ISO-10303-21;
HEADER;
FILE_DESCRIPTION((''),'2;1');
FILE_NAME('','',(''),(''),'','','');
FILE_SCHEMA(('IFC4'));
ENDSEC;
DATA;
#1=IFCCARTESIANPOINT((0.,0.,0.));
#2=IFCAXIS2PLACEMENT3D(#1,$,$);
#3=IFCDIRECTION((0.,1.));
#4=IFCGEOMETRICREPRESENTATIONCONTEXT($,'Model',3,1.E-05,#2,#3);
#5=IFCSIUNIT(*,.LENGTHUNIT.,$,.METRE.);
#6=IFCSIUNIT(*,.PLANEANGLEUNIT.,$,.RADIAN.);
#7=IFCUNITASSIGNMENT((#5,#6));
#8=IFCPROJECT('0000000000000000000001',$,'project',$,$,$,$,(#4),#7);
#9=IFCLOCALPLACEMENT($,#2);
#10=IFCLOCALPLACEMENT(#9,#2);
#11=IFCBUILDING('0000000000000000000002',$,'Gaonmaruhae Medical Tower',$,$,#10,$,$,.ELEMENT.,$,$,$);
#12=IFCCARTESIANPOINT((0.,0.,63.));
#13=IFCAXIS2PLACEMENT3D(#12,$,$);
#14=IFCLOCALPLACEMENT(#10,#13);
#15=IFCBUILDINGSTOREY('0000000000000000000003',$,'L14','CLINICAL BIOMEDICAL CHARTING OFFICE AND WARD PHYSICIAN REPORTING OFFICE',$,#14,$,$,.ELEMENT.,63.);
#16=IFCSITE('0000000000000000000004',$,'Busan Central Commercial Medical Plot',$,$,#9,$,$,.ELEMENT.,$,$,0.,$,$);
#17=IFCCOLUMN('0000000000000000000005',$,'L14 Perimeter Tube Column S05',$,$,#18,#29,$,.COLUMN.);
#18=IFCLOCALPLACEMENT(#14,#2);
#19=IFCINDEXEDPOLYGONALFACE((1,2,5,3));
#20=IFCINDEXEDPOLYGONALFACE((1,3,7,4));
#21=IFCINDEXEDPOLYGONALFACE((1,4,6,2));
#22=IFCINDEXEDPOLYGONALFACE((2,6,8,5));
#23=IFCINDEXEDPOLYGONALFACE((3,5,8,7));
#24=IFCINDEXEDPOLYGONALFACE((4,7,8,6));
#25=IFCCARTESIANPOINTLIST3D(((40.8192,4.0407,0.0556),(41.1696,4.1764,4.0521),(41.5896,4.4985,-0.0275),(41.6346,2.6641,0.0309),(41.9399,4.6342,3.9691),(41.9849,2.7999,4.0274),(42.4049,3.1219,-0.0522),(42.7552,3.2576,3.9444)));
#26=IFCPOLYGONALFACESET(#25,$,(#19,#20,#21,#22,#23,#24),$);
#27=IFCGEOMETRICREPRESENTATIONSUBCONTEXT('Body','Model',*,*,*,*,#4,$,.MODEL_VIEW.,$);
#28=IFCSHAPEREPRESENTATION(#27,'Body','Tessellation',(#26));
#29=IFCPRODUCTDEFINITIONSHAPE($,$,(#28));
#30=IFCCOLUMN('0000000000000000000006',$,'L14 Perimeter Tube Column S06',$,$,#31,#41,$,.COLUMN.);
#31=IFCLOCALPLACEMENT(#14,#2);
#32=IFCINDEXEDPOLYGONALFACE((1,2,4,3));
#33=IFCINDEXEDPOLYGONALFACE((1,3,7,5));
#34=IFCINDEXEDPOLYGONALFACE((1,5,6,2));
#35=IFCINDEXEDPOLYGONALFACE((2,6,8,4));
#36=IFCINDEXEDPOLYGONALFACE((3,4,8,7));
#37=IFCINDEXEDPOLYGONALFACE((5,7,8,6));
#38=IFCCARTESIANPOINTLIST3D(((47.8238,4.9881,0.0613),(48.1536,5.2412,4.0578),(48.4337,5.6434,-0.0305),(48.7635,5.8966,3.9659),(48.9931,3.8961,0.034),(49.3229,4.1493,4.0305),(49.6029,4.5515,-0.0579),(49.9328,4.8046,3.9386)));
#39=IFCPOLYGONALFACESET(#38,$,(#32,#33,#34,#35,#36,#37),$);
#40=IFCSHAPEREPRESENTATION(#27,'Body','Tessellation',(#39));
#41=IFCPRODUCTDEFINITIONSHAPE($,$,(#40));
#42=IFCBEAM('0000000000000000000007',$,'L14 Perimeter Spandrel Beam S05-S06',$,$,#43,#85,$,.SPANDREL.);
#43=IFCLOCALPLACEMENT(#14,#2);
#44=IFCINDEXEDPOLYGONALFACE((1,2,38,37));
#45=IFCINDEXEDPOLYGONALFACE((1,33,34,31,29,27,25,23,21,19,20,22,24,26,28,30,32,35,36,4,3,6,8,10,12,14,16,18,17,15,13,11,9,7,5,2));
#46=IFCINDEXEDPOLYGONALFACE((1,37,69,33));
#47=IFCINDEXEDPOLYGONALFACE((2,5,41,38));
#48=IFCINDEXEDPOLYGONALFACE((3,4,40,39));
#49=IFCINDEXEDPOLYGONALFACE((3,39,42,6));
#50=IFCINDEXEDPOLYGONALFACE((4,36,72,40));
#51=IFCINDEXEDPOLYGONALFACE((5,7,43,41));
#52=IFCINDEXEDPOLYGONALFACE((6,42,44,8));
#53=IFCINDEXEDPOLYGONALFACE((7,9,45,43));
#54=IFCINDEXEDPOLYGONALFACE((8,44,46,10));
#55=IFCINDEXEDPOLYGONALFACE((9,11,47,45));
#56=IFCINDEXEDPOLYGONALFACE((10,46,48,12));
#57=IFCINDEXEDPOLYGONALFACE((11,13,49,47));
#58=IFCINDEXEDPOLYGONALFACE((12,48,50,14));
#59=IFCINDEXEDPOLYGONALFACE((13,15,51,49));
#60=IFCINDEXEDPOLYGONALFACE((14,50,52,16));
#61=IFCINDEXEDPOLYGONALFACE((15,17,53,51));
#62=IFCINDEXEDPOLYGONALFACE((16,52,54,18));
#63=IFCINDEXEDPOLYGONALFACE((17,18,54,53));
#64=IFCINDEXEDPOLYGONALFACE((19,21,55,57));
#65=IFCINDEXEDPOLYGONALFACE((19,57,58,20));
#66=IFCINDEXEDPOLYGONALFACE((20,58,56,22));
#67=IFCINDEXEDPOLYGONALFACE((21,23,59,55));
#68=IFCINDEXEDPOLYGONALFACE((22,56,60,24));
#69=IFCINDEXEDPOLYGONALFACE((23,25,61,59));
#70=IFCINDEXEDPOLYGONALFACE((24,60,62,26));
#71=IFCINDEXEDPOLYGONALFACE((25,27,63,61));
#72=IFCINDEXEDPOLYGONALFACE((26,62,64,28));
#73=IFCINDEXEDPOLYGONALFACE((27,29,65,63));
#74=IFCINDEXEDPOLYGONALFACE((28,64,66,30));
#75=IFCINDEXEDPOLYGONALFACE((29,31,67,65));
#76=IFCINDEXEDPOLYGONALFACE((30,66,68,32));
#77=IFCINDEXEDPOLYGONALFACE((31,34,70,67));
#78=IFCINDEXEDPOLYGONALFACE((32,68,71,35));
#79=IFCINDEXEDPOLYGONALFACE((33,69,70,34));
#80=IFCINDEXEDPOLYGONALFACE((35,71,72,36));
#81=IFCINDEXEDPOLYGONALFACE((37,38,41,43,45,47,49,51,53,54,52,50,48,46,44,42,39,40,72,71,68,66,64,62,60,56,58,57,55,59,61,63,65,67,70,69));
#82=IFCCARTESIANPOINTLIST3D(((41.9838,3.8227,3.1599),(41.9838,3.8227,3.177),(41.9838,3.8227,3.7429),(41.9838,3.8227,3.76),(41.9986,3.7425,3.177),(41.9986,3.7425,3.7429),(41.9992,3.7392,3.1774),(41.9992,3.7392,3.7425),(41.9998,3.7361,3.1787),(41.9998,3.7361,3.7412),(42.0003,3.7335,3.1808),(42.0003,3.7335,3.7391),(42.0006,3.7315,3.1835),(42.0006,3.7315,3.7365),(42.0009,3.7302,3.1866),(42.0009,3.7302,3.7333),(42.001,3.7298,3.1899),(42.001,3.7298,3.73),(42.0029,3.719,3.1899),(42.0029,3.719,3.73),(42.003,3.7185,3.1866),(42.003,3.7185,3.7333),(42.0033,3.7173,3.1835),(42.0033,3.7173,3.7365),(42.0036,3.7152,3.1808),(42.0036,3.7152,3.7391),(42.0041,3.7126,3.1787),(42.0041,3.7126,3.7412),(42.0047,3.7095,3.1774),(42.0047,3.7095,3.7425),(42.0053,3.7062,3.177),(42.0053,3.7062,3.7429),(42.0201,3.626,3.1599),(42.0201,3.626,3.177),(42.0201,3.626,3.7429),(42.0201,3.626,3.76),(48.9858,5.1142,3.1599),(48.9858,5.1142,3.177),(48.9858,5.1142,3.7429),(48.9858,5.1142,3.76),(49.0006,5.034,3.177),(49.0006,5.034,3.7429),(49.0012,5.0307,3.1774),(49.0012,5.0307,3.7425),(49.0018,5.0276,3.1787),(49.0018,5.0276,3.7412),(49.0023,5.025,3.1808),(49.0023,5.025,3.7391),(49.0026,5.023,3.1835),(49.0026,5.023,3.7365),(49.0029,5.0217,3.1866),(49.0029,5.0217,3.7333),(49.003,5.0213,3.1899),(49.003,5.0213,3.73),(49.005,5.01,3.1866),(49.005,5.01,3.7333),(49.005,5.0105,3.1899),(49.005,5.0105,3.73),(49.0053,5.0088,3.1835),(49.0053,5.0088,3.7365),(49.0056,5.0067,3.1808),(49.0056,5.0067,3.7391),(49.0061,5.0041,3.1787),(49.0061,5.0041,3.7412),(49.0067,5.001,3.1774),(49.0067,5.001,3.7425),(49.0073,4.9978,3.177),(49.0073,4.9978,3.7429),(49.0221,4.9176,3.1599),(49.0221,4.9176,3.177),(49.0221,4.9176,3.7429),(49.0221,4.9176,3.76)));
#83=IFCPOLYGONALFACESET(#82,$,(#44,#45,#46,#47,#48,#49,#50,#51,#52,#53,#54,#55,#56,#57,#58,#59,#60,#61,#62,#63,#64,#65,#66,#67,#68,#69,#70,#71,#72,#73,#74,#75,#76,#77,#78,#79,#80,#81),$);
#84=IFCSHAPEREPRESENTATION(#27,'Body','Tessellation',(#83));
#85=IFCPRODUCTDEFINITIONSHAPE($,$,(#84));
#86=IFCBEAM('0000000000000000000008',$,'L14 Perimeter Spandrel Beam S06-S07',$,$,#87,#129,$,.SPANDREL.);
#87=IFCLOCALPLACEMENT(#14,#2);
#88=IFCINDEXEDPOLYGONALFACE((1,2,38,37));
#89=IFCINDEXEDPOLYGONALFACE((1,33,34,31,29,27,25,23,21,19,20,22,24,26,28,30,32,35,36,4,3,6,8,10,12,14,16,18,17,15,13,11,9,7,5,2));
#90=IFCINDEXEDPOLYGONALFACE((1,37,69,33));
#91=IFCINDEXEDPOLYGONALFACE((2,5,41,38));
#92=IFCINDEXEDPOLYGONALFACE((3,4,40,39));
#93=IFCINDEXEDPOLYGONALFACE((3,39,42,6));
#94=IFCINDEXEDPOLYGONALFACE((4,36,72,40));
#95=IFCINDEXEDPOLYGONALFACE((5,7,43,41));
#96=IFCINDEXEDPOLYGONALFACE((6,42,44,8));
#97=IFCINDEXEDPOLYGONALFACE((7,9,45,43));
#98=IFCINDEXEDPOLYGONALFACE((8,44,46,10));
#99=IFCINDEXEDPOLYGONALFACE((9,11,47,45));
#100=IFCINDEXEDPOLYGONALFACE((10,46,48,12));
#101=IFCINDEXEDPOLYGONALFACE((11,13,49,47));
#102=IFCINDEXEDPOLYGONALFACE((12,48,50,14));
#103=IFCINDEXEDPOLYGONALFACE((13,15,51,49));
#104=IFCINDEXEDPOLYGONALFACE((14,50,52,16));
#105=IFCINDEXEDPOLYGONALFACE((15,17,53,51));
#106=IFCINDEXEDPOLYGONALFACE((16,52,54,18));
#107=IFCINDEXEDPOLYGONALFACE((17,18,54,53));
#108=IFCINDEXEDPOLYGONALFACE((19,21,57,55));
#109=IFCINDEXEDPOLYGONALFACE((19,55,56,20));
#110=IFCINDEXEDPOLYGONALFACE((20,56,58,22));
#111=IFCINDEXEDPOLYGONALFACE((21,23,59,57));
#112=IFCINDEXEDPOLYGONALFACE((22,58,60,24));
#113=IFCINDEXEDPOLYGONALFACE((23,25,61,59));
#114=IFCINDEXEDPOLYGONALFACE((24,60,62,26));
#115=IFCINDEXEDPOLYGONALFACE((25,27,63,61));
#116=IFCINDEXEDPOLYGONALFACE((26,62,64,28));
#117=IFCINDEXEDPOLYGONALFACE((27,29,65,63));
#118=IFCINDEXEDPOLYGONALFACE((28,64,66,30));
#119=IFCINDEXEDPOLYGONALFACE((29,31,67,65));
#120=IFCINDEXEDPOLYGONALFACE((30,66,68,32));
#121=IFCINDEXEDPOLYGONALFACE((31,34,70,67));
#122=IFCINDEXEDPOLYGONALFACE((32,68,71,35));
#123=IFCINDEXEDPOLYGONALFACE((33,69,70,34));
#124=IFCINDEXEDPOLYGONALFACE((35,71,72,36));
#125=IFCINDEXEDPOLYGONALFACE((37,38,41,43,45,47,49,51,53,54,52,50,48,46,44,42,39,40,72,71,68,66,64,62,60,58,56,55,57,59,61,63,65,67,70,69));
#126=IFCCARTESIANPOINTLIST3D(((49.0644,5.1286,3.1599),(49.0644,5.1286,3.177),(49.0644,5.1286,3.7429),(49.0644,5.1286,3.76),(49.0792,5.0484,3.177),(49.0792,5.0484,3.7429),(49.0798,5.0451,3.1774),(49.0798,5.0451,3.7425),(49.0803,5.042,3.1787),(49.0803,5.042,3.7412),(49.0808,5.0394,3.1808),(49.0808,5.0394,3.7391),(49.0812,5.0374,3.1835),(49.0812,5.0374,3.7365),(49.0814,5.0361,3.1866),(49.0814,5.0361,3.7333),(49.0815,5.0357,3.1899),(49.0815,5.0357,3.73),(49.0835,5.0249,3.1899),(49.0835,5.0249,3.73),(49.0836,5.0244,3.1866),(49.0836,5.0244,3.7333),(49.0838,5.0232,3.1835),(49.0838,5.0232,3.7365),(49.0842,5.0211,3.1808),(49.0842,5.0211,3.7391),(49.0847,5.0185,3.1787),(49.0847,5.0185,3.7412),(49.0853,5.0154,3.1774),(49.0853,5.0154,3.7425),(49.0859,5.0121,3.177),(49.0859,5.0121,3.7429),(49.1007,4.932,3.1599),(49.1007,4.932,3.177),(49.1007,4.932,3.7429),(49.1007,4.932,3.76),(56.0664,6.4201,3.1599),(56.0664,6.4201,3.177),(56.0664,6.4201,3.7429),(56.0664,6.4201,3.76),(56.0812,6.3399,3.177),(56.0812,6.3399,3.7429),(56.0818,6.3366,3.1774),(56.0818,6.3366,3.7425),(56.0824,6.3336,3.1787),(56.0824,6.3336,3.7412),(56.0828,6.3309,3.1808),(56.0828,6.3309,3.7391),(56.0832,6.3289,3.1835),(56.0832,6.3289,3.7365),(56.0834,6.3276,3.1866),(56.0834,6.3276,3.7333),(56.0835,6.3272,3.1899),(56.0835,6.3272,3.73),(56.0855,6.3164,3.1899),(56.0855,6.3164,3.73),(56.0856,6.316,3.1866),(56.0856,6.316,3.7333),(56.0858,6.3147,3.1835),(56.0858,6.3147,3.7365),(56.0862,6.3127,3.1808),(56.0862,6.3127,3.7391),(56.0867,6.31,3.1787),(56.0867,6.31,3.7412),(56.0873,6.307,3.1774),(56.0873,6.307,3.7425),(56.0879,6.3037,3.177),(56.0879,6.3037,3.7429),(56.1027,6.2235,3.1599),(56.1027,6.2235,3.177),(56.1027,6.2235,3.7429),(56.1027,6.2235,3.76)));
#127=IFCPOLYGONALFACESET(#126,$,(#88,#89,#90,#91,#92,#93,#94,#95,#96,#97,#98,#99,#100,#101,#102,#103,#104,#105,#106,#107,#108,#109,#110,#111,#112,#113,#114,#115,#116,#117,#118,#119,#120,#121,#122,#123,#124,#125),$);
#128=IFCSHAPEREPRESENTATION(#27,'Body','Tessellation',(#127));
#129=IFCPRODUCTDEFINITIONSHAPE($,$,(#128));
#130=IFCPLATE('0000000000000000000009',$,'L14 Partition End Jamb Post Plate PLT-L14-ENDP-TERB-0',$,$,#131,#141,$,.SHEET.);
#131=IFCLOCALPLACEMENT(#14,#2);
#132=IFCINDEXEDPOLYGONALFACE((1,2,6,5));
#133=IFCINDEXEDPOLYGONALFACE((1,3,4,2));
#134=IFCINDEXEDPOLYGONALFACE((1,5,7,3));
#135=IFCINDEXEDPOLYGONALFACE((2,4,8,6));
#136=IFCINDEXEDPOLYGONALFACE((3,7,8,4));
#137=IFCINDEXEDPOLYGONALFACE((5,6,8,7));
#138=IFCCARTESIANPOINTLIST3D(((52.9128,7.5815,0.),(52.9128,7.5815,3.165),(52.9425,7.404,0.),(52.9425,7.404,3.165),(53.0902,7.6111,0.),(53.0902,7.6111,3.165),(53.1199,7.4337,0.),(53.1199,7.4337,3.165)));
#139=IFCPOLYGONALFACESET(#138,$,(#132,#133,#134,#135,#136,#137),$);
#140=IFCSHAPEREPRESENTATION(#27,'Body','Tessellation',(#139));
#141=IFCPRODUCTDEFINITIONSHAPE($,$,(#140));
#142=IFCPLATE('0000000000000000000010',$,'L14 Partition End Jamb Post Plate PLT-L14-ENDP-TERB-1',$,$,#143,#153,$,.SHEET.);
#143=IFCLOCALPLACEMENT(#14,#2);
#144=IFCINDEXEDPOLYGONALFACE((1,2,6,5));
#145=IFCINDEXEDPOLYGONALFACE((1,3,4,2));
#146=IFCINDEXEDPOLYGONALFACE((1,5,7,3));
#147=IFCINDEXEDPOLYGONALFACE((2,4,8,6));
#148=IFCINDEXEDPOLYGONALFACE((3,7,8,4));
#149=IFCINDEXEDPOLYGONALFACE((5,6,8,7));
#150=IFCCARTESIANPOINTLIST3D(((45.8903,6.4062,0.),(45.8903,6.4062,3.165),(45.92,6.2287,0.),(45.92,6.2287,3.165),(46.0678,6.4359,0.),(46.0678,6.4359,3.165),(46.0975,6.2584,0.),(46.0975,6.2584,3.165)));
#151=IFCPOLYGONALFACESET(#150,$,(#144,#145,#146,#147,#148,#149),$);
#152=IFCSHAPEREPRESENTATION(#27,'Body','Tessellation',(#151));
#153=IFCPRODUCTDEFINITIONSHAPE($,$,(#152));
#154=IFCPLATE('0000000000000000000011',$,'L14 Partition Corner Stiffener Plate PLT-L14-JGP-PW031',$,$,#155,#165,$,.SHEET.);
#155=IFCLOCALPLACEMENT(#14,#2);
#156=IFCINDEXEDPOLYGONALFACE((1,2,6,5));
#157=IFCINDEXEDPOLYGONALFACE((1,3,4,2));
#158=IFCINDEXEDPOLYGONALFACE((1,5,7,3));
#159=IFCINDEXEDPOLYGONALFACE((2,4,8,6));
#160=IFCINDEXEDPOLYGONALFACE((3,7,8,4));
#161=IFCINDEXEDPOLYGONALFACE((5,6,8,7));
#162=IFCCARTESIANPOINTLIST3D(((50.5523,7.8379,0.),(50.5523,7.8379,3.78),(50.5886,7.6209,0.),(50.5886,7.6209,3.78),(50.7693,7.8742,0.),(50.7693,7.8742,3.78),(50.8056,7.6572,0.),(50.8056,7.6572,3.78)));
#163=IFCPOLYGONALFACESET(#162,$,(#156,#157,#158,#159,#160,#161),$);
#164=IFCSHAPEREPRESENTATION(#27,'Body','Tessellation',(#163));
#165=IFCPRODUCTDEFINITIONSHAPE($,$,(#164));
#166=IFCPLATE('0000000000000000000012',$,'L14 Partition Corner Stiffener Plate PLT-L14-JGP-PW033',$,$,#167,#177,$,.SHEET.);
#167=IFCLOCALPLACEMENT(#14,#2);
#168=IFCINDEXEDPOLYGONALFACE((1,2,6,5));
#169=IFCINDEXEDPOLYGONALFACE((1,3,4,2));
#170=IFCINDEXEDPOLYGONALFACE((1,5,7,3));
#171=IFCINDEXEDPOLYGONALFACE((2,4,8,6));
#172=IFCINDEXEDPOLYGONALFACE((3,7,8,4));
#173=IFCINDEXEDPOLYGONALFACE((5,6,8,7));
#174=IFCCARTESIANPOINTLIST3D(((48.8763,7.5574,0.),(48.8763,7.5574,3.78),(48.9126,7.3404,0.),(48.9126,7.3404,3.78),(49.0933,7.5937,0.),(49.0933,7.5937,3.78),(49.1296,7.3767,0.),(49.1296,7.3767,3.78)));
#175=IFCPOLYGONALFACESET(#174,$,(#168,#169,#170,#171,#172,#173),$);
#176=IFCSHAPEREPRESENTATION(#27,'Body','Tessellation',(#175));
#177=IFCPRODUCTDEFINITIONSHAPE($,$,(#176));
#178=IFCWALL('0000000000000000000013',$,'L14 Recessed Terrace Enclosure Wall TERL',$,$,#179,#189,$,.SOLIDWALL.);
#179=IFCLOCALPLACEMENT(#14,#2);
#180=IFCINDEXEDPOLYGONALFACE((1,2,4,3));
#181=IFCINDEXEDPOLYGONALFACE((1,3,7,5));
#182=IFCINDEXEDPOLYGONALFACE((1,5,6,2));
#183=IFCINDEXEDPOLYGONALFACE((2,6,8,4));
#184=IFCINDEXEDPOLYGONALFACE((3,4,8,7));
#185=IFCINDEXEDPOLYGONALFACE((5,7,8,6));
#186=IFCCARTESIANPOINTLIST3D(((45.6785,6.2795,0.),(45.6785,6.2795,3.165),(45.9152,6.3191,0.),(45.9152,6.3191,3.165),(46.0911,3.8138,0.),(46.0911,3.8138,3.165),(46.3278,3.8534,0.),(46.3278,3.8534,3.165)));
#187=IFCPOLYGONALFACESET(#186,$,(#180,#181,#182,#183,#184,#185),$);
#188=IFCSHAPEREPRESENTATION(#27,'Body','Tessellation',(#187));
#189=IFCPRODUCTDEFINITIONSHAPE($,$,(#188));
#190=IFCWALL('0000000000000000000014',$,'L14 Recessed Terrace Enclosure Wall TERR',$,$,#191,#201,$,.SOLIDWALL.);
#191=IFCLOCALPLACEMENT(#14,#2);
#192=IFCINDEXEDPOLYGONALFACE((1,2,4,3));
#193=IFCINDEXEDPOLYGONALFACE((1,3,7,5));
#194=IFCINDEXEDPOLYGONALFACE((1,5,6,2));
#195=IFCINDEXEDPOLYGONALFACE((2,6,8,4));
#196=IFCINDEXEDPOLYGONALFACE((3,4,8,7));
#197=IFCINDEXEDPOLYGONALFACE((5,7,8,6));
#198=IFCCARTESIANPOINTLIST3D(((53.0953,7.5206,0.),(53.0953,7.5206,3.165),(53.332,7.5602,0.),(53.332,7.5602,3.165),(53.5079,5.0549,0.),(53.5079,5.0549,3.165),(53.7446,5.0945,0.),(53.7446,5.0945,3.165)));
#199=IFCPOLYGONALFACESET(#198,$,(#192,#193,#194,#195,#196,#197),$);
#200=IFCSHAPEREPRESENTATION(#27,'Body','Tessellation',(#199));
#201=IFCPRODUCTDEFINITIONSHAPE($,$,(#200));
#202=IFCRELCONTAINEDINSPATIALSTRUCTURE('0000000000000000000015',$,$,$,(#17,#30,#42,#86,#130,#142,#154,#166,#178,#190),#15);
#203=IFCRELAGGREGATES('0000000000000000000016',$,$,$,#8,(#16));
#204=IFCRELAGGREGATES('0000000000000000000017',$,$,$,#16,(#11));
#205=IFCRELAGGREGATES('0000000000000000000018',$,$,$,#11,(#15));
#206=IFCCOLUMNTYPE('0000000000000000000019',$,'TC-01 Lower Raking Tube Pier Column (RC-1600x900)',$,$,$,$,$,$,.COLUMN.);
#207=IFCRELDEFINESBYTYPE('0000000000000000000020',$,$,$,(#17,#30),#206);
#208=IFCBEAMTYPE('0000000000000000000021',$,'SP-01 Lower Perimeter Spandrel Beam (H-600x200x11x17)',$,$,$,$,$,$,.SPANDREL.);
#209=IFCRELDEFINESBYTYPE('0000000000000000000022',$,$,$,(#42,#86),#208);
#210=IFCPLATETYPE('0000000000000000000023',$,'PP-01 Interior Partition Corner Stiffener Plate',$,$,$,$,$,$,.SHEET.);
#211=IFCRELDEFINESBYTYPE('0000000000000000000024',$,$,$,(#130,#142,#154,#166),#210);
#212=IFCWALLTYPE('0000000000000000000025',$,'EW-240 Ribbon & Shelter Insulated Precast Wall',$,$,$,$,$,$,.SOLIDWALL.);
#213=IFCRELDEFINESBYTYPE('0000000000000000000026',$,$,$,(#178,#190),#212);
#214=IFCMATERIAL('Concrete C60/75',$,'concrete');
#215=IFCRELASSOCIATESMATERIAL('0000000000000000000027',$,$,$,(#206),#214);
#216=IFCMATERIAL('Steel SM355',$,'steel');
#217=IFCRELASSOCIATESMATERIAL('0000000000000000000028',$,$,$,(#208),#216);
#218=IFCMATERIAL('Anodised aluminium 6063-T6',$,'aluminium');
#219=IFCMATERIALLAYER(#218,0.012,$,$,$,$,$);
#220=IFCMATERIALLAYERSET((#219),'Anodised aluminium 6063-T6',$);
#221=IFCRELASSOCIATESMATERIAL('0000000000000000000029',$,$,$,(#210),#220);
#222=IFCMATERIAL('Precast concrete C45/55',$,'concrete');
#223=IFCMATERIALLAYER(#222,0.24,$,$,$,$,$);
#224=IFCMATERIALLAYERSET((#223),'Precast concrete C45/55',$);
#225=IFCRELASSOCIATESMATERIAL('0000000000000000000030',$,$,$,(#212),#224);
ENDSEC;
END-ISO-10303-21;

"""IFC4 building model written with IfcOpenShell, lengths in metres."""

from ifc_helpers import new_model, si_unit, direction, frame, frame_2d, origin, origin_2d, place, context, subcontext, project, spatial, rectangle, i_section, extrude, material, layer, layer_set, material_profile, profile_set, type_object, element, save


model = new_model("IFC4")

# Units and contexts
model_context = context("Model", 3, precision=1e-05, world=origin(), true_north=direction((0.0, 1.0)))
body_context = subcontext(model_context, "Body", "Model", "MODEL_VIEW")
ifc_project = project(units=[si_unit("LENGTHUNIT", "METRE"), si_unit("PLANEANGLEUNIT", "RADIAN")], contexts=[model_context])

# Site, building, storey
site_placement = place(None, origin())
site = spatial("IfcSite", under=ifc_project, at=site_placement, Name="Busan Central Commercial Medical Plot", CompositionType="ELEMENT", RefElevation=0.0)
building_placement = place(site_placement, origin())
building = spatial("IfcBuilding", under=site, at=building_placement, Name="Gaonmaruhae Medical Tower", CompositionType="ELEMENT")
storey_placement = place(building_placement, frame((0.0, 0.0, 63.0)))
storey = spatial("IfcBuildingStorey", under=building, at=storey_placement, Name="L14", Description="CLINICAL BIOMEDICAL CHARTING OFFICE AND WARD PHYSICIAN REPORTING OFFICE", CompositionType="ELEMENT", Elevation=63.0)

# Columns
ifc_material_1 = material(Name="Concrete C60/75", Category="concrete")
ifc_material_profile_1 = material_profile(ifc_material_1, rectangle(XDim=1.6001, YDim=0.8999, at=origin_2d()), Name="RC-1600x900")
ifc_profile_set_1 = profile_set([ifc_material_profile_1], Name="Concrete C60/75")
column_type = type_object("IfcColumnType", Name="TC-01 Lower Raking Tube Pier Column (RC-1600x900)", PredefinedType="COLUMN", material=ifc_profile_set_1)
column_1_placement = place(storey_placement, frame((41.6121, 3.5813, 0.0017), z_axis=(0.087276, 0.033815, 0.99561), x_axis=(-0.509555, 0.8603, 0.015448)))
element("IfcColumn", 1, at=column_1_placement, inside=storey, type_object=column_type, Name="L14 Perimeter Tube Column S05", PredefinedType="COLUMN", context=body_context, shape_type="SweptSolid", body=[
    extrude(rectangle(XDim=1.6001, YDim=0.8999, at=origin_2d()), origin(), (0.0, 0.0, 1.0), 4.0142),
])
column_2_placement = place(storey_placement, frame((48.7134, 4.7698, 0.0017), z_axis=(0.082086, 0.063008, 0.994632), x_axis=(-0.730759, 0.682422, 0.017079)))
element("IfcColumn", 2, at=column_2_placement, inside=storey, type_object=column_type, Name="L14 Perimeter Tube Column S06", PredefinedType="COLUMN", context=body_context, shape_type="SweptSolid", body=[
    extrude(rectangle(XDim=1.6001, YDim=0.8999, at=origin_2d()), origin(), (0.0, 0.0, 1.0), 4.0181),
])

# Beams
ifc_material_2 = material(Name="Steel SM355", Category="steel")
ifc_material_profile_2 = material_profile(ifc_material_2, i_section(OverallWidth=0.2, OverallDepth=0.6001, WebThickness=0.011, FlangeThickness=0.0171, FilletRadius=0.0129, at=origin_2d()), Name="H-600x200x11x17")
ifc_profile_set_2 = profile_set([ifc_material_profile_2], Name="Steel SM355")
beam_type = type_object("IfcBeamType", Name="SP-01 Lower Perimeter Spandrel Beam (H-600x200x11x17)", PredefinedType="SPANDREL", material=ifc_profile_set_2)
for number, where, z_axis, x_axis, name in (
    (3, (42.002, 3.7244, 3.46), (0.983411, 0.181389, 0.0), (-0.181389, 0.983411, 0.0), "L14 Perimeter Spandrel Beam S05-S06"),
    (4, (49.0825, 5.0303, 3.46), (0.983411, 0.181389, 0.0), (-0.181389, 0.983411, 0.0), "L14 Perimeter Spandrel Beam S06-S07"),
):
    element("IfcBeam", number, at=place(storey_placement, frame(where, z_axis=z_axis, x_axis=x_axis)), inside=storey, type_object=beam_type, Name=name, PredefinedType="SPANDREL", context=body_context, shape_type="SweptSolid", body=[
        extrude(i_section(OverallWidth=0.2, OverallDepth=0.6001, WebThickness=0.011, FlangeThickness=0.0171, FilletRadius=0.0129, at=origin_2d()), origin(), (0.0, 0.0, 1.0), 7.1201),
    ])

# Plates
ifc_material_3 = material(Name="Anodised aluminium 6063-T6", Category="aluminium")
ifc_layer_1 = layer(ifc_material_3, 0.012)
ifc_layer_set_1 = layer_set([ifc_layer_1], Name="Anodised aluminium 6063-T6")
plate_type = type_object("IfcPlateType", Name="PP-01 Interior Partition Corner Stiffener Plate", PredefinedType="SHEET", material=ifc_layer_set_1)
for number, where, z_axis, x_axis, name in (
    (5, (53.0164, 7.5076, 0.0), (0.0, 0.0, 1.0), (-0.986286, -0.165048, 0.0), "L14 Partition End Jamb Post Plate PLT-L14-ENDP-TERB-0"),
    (6, (45.9939, 6.3323, 0.0), (0.0, 0.0, 1.0), (-0.986286, -0.165048, 0.0), "L14 Partition End Jamb Post Plate PLT-L14-ENDP-TERB-1"),
):
    element("IfcPlate", number, at=place(storey_placement, frame(where, z_axis=z_axis, x_axis=x_axis)), inside=storey, type_object=plate_type, Name=name, PredefinedType="SHEET", context=body_context, shape_type="SweptSolid", body=[
        extrude(rectangle(XDim=0.1799, YDim=0.1799, at=origin_2d()), origin(), (0.0, 0.0, 1.0), 3.165),
    ])
for number, where, z_axis, x_axis, name in (
    (7, (50.679, 7.7476, 0.0), (0.0, 0.0, 1.0), (-0.164858, 0.986317, 0.0), "L14 Partition Corner Stiffener Plate PLT-L14-JGP-PW031"),
    (8, (49.0029, 7.467, 0.0), (0.0, 0.0, 1.0), (0.165013, -0.986291, 0.0), "L14 Partition Corner Stiffener Plate PLT-L14-JGP-PW033"),
):
    element("IfcPlate", number, at=place(storey_placement, frame(where, z_axis=z_axis, x_axis=x_axis)), inside=storey, type_object=plate_type, Name=name, PredefinedType="SHEET", context=body_context, shape_type="SweptSolid", body=[
        extrude(rectangle(XDim=0.22, YDim=0.22, at=origin_2d()), origin(), (0.0, 0.0, 1.0), 3.78),
    ])

# Shared definitions
ifc_material_4 = material(Name="Precast concrete C45/55", Category="concrete")
ifc_layer_2 = layer(ifc_material_4, 0.24)
ifc_layer_set_2 = layer_set([ifc_layer_2], Name="Precast concrete C45/55")
wall_type_1 = type_object("IfcWallType", Name="EW-240 Ribbon & Shelter Insulated Precast Wall", PredefinedType="SOLIDWALL", material=ifc_layer_set_2)

# Walls
for number, where, z_axis, x_axis, name in (
    (9, (45.7969, 6.2993, 0.0), (0.0, 0.0, 1.0), (0.165032, -0.986288, 0.0), "L14 Recessed Terrace Enclosure Wall TERL"),
    (10, (53.6262, 5.0747, 0.0), (0.0, 0.0, 1.0), (-0.165032, 0.986288, 0.0), "L14 Recessed Terrace Enclosure Wall TERR"),
):
    element("IfcWall", number, at=place(storey_placement, frame(where, z_axis=z_axis, x_axis=x_axis)), inside=storey, type_object=wall_type_1, Name=name, PredefinedType="SOLIDWALL", context=body_context, shape_type="SweptSolid", body=[
        extrude(rectangle(XDim=2.5, YDim=0.24, at=frame_2d((1.25, 0.0))), origin(), (0.0, 0.0, 1.0), 3.165),
    ])

save(model, "model.ifc")
